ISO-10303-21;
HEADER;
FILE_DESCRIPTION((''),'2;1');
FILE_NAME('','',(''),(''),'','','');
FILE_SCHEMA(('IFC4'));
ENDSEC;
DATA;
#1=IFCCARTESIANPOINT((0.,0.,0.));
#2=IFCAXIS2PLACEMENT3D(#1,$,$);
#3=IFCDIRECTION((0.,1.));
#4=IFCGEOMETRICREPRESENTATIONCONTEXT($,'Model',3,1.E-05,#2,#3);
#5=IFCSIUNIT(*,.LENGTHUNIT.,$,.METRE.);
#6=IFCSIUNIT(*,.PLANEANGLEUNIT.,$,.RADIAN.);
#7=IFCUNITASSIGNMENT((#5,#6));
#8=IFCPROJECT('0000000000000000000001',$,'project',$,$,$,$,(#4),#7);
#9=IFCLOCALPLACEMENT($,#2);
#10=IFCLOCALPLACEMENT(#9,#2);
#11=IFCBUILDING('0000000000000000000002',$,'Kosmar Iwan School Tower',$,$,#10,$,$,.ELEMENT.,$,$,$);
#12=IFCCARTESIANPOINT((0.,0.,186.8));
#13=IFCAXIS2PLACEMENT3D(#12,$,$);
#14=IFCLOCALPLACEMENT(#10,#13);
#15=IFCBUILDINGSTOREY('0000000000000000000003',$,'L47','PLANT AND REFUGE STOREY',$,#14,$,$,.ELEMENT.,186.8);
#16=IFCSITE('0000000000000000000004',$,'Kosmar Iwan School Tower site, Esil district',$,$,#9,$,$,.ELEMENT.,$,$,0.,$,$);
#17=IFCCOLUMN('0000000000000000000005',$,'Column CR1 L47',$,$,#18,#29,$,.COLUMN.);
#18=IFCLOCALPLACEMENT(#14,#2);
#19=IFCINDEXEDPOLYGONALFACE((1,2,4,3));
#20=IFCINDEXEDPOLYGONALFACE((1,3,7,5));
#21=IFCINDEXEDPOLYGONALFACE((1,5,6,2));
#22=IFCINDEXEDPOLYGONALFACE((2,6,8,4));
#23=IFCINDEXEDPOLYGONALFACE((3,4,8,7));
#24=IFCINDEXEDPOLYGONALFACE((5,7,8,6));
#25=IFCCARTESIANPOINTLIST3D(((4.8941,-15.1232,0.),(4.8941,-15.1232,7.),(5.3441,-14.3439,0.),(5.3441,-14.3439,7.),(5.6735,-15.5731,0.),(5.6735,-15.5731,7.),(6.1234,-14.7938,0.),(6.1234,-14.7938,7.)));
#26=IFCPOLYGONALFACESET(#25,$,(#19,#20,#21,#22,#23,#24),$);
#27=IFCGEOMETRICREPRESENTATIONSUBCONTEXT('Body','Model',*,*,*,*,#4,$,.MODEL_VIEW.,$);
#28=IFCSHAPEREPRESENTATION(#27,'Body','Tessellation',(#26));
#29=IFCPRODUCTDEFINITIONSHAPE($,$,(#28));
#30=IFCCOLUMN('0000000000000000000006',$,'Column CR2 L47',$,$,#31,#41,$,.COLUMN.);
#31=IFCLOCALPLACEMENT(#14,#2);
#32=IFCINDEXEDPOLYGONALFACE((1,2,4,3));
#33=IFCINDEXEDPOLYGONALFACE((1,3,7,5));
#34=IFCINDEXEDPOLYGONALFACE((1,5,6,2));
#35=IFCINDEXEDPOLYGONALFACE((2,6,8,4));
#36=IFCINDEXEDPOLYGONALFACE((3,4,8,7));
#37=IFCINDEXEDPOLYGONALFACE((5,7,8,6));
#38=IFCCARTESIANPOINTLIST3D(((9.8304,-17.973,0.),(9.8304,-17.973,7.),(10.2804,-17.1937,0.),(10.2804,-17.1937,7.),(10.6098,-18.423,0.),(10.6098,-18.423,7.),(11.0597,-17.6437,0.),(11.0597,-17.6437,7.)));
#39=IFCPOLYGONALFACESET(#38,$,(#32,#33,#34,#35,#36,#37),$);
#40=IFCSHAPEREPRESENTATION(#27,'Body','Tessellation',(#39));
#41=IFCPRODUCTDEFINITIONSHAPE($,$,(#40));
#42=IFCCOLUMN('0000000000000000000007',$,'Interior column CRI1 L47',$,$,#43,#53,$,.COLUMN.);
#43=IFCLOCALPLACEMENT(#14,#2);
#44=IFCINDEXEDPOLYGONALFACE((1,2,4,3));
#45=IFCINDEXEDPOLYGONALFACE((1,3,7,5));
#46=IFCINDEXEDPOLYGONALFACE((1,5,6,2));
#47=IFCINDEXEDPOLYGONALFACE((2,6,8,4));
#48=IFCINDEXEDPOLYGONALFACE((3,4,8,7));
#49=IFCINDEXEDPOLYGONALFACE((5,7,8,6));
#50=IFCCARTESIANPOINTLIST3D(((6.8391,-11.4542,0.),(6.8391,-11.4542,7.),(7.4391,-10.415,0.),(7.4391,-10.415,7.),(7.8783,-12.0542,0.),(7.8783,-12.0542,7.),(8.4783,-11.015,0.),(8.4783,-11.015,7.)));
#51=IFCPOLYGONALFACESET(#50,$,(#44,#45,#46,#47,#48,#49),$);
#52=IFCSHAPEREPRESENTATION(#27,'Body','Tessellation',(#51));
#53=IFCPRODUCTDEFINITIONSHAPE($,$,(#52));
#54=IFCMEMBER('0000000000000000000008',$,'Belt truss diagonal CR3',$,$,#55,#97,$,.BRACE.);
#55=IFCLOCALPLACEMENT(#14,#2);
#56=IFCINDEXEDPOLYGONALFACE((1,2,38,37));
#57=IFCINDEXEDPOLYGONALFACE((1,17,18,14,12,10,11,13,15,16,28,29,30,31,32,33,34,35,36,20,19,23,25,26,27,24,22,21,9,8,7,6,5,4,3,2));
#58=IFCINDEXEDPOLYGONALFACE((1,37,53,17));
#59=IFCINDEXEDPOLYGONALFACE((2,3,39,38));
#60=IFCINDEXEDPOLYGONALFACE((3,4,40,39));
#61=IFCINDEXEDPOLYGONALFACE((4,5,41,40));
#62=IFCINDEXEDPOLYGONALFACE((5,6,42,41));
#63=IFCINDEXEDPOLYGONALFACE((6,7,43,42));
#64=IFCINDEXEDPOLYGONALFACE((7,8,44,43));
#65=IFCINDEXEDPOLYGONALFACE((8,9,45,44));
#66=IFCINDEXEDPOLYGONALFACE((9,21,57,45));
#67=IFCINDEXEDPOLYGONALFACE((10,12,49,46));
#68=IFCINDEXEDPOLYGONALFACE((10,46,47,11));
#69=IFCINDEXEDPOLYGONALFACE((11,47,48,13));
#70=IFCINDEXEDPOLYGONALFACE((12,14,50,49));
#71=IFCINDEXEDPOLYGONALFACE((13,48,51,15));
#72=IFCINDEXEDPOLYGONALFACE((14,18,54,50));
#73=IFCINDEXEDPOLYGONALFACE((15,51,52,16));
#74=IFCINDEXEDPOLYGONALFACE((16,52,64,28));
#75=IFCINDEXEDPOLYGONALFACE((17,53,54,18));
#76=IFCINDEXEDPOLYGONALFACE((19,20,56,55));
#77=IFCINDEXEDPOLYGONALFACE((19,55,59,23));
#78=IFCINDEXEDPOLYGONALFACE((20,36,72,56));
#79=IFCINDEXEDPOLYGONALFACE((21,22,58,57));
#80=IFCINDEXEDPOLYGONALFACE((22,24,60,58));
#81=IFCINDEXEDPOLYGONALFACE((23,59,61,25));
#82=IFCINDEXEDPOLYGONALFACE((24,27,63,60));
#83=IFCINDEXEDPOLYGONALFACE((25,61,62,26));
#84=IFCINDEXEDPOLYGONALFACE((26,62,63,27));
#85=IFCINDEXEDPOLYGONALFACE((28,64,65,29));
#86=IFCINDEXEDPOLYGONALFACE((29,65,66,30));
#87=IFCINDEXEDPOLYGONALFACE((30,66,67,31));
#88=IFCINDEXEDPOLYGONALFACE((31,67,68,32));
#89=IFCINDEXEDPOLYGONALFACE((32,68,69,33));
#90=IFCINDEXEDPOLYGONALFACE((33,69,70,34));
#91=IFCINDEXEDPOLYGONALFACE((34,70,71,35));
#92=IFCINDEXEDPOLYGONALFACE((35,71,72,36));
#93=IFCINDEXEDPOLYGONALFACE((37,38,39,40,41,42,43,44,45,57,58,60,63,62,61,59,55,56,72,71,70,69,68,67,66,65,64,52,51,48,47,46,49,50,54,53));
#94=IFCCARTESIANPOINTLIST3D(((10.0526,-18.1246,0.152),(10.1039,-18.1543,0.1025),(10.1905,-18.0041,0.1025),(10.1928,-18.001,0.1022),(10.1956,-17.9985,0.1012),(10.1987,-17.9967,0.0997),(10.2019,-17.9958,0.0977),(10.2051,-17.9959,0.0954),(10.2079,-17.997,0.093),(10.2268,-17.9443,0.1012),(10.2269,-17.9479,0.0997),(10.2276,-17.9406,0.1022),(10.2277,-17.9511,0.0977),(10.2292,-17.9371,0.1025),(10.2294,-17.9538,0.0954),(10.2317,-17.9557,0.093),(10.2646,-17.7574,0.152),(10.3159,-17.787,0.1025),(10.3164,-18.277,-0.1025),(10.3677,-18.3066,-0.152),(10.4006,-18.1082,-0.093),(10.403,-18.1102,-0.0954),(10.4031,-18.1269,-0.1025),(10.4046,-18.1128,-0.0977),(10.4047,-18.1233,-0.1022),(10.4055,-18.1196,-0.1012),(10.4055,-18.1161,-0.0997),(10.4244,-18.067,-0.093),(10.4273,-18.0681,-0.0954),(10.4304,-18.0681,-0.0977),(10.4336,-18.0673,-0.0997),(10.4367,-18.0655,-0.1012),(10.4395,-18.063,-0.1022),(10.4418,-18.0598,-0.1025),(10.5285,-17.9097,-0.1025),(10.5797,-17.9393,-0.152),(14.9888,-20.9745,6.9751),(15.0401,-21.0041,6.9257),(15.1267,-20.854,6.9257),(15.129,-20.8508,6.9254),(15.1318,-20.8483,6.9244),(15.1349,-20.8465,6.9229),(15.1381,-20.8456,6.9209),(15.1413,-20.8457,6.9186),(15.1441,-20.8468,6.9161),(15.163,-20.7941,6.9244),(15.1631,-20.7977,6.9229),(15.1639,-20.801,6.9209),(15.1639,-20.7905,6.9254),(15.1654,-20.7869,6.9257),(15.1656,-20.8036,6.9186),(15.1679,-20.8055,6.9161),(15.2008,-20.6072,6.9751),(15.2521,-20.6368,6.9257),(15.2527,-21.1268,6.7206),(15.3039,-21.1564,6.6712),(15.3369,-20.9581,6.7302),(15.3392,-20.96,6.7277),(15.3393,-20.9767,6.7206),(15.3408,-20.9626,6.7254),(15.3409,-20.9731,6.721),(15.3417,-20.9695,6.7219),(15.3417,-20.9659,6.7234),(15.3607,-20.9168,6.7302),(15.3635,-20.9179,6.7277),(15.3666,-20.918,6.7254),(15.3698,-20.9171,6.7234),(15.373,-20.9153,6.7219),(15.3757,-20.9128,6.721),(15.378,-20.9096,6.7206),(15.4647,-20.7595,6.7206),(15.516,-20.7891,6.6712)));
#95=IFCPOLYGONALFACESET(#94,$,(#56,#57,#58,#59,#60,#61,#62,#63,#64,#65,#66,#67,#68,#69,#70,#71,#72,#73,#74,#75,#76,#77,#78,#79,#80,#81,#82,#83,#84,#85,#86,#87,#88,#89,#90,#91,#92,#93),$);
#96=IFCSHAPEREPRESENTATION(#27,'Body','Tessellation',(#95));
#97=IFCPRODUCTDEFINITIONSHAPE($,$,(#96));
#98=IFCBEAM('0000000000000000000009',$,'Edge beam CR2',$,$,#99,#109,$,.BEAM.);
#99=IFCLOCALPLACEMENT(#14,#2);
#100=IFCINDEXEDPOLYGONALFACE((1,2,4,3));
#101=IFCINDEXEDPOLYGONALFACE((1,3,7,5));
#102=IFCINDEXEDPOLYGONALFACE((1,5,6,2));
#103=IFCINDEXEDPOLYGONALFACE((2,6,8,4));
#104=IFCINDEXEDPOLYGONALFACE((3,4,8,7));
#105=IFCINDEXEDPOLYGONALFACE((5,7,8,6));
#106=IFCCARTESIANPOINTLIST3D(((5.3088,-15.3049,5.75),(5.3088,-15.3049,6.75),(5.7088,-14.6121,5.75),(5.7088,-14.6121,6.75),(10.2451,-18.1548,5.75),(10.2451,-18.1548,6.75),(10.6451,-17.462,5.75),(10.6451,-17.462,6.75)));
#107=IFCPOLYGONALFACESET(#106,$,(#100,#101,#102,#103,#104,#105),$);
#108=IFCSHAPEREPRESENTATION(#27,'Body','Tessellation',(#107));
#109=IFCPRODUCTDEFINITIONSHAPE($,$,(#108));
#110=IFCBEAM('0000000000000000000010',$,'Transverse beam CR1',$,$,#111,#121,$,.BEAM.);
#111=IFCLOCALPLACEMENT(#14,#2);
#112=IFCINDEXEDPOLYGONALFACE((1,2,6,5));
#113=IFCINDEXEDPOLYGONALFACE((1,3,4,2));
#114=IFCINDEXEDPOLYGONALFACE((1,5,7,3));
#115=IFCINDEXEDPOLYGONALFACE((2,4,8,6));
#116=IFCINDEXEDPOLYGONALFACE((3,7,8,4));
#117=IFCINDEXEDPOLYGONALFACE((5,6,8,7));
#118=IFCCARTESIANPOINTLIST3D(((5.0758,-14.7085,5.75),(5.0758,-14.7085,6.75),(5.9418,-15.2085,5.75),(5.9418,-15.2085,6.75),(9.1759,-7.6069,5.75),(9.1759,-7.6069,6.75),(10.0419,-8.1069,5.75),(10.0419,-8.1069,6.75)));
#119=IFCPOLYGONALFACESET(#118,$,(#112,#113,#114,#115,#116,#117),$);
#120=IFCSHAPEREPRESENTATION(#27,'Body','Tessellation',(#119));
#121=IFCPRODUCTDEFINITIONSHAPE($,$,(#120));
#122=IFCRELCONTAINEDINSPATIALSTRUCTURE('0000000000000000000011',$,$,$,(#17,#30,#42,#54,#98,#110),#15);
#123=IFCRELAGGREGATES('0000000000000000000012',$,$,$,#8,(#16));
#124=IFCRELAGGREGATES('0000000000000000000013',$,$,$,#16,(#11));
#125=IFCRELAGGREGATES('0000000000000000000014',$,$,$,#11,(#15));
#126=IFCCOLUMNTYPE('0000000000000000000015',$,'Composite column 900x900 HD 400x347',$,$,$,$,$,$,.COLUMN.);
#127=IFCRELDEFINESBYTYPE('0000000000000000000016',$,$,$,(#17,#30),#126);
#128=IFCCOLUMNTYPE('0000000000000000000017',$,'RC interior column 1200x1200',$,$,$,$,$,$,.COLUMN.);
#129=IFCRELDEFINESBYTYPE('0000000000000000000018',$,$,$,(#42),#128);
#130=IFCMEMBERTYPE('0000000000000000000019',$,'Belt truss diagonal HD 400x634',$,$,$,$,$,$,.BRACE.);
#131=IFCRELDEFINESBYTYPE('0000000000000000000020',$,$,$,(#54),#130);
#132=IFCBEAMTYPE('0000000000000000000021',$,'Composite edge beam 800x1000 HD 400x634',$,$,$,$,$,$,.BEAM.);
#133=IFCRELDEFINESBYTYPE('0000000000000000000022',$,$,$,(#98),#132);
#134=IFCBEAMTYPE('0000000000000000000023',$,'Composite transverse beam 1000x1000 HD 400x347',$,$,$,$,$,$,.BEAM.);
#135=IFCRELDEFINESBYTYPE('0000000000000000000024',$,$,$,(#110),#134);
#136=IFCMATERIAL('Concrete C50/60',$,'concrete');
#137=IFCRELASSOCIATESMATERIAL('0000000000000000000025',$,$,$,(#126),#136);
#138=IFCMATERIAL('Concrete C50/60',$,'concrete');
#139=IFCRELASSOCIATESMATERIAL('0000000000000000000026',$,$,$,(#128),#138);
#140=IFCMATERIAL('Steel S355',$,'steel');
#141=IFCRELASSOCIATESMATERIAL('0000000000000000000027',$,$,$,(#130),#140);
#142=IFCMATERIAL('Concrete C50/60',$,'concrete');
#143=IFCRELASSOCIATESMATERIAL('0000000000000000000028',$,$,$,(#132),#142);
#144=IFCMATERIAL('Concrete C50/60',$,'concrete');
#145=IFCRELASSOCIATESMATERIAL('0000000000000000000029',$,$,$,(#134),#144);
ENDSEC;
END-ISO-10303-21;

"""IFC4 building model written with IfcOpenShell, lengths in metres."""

from ifc_helpers import new_model, si_unit, direction, frame, origin, origin_2d, place, context, subcontext, project, spatial, rectangle, i_section, extrude, material, material_profile, profile_set, type_object, element, save


model = new_model("IFC4")

# Units and contexts
model_context = context("Model", 3, precision=1e-05, world=origin(), true_north=direction((0.0, 1.0)))
body_context = subcontext(model_context, "Body", "Model", "MODEL_VIEW")
ifc_project = project(units=[si_unit("LENGTHUNIT", "METRE"), si_unit("PLANEANGLEUNIT", "RADIAN")], contexts=[model_context])

# Site, building, storey
site_placement = place(None, origin())
site = spatial("IfcSite", under=ifc_project, at=site_placement, Name="Kosmar Iwan School Tower site, Esil district", CompositionType="ELEMENT", RefElevation=0.0)
building_placement = place(site_placement, origin())
building = spatial("IfcBuilding", under=site, at=building_placement, Name="Kosmar Iwan School Tower", CompositionType="ELEMENT")
storey_placement = place(building_placement, frame((0.0, 0.0, 186.8)))
storey = spatial("IfcBuildingStorey", under=building, at=storey_placement, Name="L47", Description="PLANT AND REFUGE STOREY", CompositionType="ELEMENT", Elevation=186.8)

# Columns
ifc_material_1 = material(Name="Concrete C50/60", Category="concrete")
ifc_material_profile_1 = material_profile(ifc_material_1, rectangle(XDim=0.8999, YDim=0.8999, at=origin_2d()), Name="RC 900x900 + HD 400x347")
ifc_profile_set_1 = profile_set([ifc_material_profile_1], Name="Concrete C50/60")
column_type_1 = type_object("IfcColumnType", Name="Composite column 900x900 HD 400x347", PredefinedType="COLUMN", material=ifc_profile_set_1)
for number, where, z_axis, x_axis, name in (
    (1, (5.5088, -14.9585, 0.0), (0.0, 0.0, 1.0), (0.866025, -0.5, 0.0), "Column CR1 L47"),
    (2, (10.4451, -17.8083, 0.0), (0.0, 0.0, 1.0), (0.866025, -0.5, 0.0), "Column CR2 L47"),
):
    element("IfcColumn", number, at=place(storey_placement, frame(where, z_axis=z_axis, x_axis=x_axis)), inside=storey, type_object=column_type_1, Name=name, PredefinedType="COLUMN", context=body_context, shape_type="SweptSolid", body=[
        extrude(rectangle(XDim=0.8999, YDim=0.8999, at=origin_2d()), origin(), (0.0, 0.0, 1.0), 7.0),
    ])
ifc_material_2 = material(Name="Concrete C50/60", Category="concrete")
ifc_material_profile_2 = material_profile(ifc_material_2, rectangle(XDim=1.2, YDim=1.2, at=origin_2d()), Name="RC 1200x1200")
ifc_profile_set_2 = profile_set([ifc_material_profile_2], Name="Concrete C50/60")
column_type_2 = type_object("IfcColumnType", Name="RC interior column 1200x1200", PredefinedType="COLUMN", material=ifc_profile_set_2)
column_placement = place(storey_placement, frame((7.6587, -11.2346, 0.0), z_axis=(0.0, 0.0, 1.0), x_axis=(0.866025, -0.5, 0.0)))
element("IfcColumn", 3, at=column_placement, inside=storey, type_object=column_type_2, Name="Interior column CRI1 L47", PredefinedType="COLUMN", context=body_context, shape_type="SweptSolid", body=[
    extrude(rectangle(XDim=1.2, YDim=1.2, at=origin_2d()), origin(), (0.0, 0.0, 1.0), 7.0),
])

# Member
ifc_material_3 = material(Name="Steel S355", Category="steel")
ifc_material_profile_3 = material_profile(ifc_material_3, i_section(OverallWidth=0.4241, OverallDepth=0.4741, WebThickness=0.0476, FlangeThickness=0.0771, FilletRadius=0.0149, at=origin_2d()), Name="HD 400x634")
ifc_profile_set_3 = profile_set([ifc_material_profile_3], Name="Steel S355")
member_type = type_object("IfcMemberType", Name="Belt truss diagonal HD 400x634", PredefinedType="BRACE", material=ifc_profile_set_3)
member_placement = place(storey_placement, frame((10.3162, -18.032, 0.0), z_axis=(0.555216, -0.320542, 0.767455), x_axis=(0.499986, 0.866034, 0.0)))
element("IfcMember", 4, at=member_placement, inside=storey, type_object=member_type, Name="Belt truss diagonal CR3", PredefinedType="BRACE", context=body_context, shape_type="SweptSolid", body=[
    extrude(i_section(OverallWidth=0.4241, OverallDepth=0.4741, WebThickness=0.0476, FlangeThickness=0.0771, FilletRadius=0.0149, at=origin_2d()), origin(), (0.0, 0.0, 1.0), 8.8906),
])

# Beams
ifc_material_4 = material(Name="Concrete C50/60", Category="concrete")
ifc_material_profile_4 = material_profile(ifc_material_4, rectangle(XDim=0.8, YDim=1.0, at=origin_2d()), Name="RC 800x1000 + HD 400x634")
ifc_profile_set_4 = profile_set([ifc_material_profile_4], Name="Concrete C50/60")
beam_type_1 = type_object("IfcBeamType", Name="Composite edge beam 800x1000 HD 400x634", PredefinedType="BEAM", material=ifc_profile_set_4)
beam_1_placement = place(storey_placement, frame((5.5088, -14.9585, 6.25), z_axis=(0.866034, -0.499986, 0.0), x_axis=(0.499986, 0.866034, 0.0)))
element("IfcBeam", 5, at=beam_1_placement, inside=storey, type_object=beam_type_1, Name="Edge beam CR2", PredefinedType="BEAM", context=body_context, shape_type="SweptSolid", body=[
    extrude(rectangle(XDim=0.8, YDim=1.0, at=origin_2d()), origin(), (0.0, 0.0, 1.0), 5.7),
])
ifc_material_5 = material(Name="Concrete C50/60", Category="concrete")
ifc_material_profile_5 = material_profile(ifc_material_5, rectangle(XDim=1.0, YDim=1.0, at=origin_2d()), Name="RC 1000x1000 + HD 400x347")
ifc_profile_set_5 = profile_set([ifc_material_profile_5], Name="Concrete C50/60")
beam_type_2 = type_object("IfcBeamType", Name="Composite transverse beam 1000x1000 HD 400x347", PredefinedType="BEAM", material=ifc_profile_set_5)
beam_2_placement = place(storey_placement, frame((5.5088, -14.9585, 6.25), z_axis=(0.500001, 0.866025, 0.0), x_axis=(-0.866025, 0.500001, 0.0)))
element("IfcBeam", 6, at=beam_2_placement, inside=storey, type_object=beam_type_2, Name="Transverse beam CR1", PredefinedType="BEAM", context=body_context, shape_type="SweptSolid", body=[
    extrude(rectangle(XDim=1.0, YDim=1.0, at=origin_2d()), origin(), (0.0, 0.0, 1.0), 8.2002),
])

save(model, "model.ifc")
